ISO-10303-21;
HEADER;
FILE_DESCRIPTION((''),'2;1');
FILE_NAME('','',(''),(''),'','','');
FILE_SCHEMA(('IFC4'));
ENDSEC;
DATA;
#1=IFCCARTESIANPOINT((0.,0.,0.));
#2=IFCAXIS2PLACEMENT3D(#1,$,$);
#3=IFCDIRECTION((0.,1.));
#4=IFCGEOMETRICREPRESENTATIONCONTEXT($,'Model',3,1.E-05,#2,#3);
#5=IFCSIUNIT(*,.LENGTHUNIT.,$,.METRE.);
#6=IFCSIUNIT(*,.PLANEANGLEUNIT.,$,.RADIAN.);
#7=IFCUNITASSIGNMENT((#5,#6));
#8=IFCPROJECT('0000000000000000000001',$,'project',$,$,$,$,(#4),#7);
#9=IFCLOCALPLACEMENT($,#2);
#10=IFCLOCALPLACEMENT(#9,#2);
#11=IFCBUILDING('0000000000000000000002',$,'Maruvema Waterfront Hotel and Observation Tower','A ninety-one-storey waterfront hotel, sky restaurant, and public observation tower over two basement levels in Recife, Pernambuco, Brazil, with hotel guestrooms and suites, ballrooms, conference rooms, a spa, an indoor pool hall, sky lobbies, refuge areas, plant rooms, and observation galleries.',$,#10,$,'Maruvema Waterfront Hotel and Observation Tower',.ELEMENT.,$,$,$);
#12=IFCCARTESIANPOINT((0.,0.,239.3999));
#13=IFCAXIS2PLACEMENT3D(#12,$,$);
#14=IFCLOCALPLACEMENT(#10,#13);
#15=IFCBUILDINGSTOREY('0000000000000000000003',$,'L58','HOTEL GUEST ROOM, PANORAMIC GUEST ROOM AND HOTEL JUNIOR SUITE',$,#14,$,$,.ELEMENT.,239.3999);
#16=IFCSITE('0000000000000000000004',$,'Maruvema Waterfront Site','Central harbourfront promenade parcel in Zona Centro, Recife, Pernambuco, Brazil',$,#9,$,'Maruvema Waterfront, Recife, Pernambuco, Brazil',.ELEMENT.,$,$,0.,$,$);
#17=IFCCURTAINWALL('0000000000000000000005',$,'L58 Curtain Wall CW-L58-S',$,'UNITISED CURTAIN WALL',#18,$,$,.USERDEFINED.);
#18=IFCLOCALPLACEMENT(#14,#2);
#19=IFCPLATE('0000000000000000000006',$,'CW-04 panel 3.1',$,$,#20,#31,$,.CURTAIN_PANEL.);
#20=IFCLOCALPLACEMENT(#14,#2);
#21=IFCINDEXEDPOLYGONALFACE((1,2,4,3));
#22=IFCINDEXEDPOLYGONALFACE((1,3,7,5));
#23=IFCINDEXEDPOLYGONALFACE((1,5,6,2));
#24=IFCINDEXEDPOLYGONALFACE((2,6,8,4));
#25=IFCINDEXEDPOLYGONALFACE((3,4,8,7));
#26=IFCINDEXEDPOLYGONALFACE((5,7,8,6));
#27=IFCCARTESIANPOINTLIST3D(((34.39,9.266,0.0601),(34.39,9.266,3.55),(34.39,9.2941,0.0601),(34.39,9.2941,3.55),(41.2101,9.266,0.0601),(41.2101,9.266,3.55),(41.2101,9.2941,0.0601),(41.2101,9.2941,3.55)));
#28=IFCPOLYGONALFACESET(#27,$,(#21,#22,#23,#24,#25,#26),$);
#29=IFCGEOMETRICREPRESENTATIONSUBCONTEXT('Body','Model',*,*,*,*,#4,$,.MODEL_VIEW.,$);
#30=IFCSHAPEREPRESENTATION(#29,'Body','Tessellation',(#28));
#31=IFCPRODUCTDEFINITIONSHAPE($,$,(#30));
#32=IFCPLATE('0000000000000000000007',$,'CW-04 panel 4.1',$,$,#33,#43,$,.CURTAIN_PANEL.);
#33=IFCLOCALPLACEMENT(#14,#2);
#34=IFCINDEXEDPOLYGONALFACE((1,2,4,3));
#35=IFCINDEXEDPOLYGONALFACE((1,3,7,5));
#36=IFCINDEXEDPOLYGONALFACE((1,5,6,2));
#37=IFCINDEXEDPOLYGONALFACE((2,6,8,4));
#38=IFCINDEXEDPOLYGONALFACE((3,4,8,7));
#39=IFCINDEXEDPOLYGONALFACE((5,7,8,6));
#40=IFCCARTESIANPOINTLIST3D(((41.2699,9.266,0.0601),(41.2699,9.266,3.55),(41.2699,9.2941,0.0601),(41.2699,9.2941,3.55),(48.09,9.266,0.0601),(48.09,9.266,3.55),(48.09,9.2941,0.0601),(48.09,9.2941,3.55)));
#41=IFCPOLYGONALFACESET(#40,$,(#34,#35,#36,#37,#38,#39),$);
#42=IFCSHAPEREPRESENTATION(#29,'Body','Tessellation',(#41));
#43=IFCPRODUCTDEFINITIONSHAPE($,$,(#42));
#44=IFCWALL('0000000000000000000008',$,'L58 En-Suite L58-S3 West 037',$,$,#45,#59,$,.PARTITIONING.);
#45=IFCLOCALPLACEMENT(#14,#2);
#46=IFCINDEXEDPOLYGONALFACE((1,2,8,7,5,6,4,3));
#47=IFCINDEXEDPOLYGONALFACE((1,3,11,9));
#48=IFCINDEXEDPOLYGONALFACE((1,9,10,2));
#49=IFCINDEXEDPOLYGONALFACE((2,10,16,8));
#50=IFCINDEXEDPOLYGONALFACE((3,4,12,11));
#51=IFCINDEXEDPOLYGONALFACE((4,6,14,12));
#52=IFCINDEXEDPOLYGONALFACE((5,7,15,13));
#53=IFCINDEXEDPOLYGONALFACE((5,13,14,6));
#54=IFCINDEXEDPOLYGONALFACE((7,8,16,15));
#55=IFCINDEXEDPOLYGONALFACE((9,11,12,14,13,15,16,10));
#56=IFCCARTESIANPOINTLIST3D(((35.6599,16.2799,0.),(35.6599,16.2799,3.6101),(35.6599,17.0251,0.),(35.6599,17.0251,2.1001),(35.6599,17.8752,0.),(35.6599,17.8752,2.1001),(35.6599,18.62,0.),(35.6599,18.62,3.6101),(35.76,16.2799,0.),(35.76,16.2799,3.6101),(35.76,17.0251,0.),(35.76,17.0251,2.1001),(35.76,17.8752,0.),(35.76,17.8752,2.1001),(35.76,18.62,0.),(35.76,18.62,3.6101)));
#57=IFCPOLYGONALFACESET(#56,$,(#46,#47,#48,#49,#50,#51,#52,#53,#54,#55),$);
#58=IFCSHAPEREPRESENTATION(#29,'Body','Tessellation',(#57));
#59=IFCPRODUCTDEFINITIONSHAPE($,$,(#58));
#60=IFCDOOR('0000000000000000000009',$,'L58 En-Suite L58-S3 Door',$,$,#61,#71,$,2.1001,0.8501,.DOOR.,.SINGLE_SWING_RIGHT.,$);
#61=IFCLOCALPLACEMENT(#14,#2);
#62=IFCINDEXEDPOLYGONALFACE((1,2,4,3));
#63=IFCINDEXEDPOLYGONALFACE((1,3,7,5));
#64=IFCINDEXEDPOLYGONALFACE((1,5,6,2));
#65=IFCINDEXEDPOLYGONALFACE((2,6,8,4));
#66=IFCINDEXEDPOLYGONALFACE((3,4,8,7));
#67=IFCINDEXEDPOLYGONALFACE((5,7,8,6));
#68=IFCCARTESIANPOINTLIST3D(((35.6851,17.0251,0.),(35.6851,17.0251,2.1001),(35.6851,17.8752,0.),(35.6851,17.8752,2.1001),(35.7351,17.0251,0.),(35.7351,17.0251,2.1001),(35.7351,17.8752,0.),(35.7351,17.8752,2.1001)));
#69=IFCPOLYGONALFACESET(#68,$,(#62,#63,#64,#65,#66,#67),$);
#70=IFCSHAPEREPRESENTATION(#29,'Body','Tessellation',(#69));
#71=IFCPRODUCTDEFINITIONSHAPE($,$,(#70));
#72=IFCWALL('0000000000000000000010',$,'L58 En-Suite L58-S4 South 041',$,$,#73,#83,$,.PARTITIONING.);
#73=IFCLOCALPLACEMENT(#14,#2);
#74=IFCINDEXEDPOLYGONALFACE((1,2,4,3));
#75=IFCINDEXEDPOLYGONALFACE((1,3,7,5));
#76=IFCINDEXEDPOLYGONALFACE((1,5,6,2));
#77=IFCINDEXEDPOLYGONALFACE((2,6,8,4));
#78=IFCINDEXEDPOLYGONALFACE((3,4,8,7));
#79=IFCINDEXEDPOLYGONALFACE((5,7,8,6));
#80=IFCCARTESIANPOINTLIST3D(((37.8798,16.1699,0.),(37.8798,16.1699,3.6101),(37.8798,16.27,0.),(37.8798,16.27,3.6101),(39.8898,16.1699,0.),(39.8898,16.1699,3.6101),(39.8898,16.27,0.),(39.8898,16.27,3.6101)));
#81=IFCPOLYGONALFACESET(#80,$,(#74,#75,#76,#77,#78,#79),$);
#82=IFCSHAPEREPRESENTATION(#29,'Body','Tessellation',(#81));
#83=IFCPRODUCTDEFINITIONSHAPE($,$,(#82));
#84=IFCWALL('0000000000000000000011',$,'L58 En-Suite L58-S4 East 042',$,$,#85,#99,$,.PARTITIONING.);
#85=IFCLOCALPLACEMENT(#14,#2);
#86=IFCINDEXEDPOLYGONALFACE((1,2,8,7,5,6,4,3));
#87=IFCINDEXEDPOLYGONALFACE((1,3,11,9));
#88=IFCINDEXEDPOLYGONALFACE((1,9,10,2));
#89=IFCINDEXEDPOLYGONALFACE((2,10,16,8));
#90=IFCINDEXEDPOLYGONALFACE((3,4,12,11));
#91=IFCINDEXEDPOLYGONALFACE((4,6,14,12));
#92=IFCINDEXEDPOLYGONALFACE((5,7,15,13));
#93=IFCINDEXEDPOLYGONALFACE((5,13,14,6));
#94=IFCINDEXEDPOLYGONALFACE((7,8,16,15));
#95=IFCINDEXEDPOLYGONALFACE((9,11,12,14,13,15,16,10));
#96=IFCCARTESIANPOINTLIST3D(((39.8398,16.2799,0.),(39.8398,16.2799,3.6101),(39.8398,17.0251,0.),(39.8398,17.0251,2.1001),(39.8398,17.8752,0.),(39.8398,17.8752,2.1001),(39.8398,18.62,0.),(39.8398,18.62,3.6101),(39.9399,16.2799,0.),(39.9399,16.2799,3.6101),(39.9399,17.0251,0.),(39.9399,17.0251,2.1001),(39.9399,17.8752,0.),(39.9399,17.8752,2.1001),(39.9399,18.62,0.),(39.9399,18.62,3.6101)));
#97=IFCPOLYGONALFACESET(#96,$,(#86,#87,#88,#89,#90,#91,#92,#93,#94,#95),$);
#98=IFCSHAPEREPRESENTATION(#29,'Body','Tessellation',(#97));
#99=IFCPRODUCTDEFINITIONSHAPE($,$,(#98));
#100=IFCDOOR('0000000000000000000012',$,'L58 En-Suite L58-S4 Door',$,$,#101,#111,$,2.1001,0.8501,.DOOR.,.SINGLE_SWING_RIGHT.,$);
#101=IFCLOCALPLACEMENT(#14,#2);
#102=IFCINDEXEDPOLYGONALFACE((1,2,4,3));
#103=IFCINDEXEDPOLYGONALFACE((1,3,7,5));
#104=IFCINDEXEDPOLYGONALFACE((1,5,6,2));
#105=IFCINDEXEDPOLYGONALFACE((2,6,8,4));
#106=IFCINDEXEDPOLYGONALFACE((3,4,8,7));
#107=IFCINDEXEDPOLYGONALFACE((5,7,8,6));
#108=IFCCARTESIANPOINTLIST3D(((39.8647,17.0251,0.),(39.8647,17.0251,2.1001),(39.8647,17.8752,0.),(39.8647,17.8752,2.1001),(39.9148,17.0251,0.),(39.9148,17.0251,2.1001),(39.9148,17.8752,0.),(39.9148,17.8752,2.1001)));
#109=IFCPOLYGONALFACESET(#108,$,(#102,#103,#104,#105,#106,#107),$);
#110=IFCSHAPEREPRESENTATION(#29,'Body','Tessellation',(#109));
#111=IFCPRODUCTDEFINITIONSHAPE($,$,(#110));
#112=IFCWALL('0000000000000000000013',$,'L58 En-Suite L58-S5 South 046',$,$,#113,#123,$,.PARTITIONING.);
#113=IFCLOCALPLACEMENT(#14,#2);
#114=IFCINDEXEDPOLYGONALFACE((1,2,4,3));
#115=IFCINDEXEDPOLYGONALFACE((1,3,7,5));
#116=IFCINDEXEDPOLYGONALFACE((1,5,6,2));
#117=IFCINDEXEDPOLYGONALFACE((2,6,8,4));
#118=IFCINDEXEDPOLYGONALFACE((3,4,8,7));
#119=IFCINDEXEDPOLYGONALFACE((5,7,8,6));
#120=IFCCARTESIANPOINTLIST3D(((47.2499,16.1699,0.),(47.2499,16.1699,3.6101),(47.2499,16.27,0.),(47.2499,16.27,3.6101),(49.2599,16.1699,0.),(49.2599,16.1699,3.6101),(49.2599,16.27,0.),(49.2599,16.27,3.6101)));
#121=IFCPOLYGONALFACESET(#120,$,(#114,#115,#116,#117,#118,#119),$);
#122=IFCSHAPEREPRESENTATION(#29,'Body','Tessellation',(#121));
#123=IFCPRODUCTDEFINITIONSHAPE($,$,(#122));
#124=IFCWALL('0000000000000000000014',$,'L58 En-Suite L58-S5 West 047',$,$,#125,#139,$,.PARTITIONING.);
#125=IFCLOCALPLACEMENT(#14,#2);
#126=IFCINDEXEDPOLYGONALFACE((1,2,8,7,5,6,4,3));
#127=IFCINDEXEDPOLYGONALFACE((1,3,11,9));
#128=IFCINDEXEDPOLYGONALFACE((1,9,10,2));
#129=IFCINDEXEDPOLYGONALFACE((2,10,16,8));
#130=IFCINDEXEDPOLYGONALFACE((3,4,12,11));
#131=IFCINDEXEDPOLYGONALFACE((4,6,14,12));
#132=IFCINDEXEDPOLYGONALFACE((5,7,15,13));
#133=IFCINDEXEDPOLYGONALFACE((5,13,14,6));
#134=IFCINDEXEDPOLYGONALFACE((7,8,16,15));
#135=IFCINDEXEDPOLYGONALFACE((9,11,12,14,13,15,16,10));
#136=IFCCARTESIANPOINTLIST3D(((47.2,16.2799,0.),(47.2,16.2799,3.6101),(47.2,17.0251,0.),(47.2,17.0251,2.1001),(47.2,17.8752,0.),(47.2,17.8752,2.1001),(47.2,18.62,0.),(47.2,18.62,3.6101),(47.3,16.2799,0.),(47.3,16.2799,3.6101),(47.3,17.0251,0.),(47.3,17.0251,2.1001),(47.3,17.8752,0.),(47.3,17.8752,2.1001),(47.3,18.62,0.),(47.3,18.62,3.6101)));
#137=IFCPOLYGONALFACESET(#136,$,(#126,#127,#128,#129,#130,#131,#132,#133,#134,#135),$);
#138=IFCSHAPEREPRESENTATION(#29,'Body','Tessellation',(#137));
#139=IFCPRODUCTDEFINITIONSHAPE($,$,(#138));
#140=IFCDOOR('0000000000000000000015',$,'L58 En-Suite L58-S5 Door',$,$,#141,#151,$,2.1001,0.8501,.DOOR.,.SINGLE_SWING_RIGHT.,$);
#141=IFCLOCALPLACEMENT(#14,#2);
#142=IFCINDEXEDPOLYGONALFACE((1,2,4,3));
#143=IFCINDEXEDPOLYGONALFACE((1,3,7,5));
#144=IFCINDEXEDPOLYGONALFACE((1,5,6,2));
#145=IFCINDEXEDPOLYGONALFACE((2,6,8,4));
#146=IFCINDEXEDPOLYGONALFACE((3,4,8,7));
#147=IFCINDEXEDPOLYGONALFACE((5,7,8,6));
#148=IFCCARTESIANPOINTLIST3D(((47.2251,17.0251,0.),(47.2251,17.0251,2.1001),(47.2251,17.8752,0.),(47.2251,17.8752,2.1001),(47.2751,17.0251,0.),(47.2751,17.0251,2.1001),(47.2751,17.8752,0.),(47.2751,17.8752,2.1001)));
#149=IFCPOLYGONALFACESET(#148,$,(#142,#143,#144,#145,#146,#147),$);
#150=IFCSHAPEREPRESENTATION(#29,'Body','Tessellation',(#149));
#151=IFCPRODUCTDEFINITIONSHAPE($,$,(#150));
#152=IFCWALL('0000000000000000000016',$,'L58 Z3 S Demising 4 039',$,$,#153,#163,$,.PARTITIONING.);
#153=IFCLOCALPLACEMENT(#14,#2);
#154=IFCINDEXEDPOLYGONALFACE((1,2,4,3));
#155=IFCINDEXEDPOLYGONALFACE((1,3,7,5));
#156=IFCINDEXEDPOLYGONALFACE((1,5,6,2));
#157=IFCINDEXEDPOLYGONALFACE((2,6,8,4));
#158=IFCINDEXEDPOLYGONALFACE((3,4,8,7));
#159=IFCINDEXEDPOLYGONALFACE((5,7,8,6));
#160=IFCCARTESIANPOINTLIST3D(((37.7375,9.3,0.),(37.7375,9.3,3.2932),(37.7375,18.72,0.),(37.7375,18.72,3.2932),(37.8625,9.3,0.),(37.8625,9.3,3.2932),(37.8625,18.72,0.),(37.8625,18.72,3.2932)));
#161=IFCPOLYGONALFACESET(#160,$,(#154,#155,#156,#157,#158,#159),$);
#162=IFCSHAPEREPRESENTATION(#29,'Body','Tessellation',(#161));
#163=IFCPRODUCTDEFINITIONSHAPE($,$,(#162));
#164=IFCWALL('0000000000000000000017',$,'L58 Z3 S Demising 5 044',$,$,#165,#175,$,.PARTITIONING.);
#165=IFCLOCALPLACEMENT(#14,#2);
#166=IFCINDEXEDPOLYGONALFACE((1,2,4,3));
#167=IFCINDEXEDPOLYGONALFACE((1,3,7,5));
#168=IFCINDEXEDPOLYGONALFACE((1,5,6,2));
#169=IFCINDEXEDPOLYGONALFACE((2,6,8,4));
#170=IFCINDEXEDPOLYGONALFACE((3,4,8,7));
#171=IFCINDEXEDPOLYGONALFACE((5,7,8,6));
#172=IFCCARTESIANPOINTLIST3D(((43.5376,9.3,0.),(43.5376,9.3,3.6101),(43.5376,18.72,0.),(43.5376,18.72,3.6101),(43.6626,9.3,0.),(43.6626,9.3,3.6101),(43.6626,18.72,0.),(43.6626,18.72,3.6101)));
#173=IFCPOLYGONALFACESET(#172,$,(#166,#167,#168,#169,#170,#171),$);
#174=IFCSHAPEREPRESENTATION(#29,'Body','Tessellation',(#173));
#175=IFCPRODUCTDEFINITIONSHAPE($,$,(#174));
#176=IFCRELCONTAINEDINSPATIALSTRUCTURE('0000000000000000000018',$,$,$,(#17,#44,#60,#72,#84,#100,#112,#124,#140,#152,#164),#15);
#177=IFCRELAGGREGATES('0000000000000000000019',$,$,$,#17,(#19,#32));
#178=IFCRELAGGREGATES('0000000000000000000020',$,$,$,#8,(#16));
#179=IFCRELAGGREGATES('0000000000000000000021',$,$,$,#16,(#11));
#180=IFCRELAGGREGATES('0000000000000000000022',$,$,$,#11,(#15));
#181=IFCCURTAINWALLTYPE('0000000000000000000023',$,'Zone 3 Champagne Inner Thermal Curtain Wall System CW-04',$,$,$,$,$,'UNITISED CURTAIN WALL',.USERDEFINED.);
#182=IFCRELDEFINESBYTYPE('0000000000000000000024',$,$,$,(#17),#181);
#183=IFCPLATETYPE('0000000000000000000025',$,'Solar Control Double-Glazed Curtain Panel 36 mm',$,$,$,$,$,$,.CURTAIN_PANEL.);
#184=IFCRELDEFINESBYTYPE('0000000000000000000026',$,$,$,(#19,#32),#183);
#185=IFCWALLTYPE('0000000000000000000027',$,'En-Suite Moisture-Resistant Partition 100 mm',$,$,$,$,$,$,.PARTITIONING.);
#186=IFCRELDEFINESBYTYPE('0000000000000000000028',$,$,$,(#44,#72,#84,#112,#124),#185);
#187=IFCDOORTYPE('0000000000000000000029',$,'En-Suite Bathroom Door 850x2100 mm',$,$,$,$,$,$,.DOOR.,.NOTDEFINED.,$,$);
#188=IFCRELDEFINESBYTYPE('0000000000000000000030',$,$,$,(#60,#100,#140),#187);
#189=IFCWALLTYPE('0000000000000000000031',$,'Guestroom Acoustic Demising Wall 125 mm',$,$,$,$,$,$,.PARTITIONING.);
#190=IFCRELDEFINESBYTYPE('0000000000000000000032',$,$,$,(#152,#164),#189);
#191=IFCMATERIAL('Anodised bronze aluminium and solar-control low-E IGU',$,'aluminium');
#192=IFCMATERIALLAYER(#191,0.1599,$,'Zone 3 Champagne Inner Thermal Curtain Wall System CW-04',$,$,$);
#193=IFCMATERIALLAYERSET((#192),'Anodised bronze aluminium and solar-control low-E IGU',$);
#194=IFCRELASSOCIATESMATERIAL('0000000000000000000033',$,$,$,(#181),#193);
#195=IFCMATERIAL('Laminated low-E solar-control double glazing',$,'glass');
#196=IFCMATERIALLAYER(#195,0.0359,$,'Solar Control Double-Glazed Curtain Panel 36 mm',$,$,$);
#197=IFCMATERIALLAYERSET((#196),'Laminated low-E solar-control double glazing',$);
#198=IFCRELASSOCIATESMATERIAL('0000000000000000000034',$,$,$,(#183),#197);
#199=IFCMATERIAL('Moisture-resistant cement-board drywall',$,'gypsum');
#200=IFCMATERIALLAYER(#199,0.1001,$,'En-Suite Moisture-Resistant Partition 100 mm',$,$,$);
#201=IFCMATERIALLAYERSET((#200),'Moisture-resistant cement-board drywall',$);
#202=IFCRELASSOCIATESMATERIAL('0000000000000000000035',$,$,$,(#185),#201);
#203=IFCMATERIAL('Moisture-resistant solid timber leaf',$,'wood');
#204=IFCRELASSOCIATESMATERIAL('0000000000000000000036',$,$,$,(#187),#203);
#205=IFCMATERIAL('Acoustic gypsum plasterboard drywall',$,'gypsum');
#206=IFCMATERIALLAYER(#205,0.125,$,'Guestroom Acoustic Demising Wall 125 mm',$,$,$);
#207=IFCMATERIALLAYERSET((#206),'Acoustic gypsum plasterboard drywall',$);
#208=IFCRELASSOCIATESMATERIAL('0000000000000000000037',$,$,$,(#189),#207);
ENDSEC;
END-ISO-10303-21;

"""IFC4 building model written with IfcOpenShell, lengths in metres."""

from ifc_helpers import new_model, si_unit, direction, frame, frame_2d, origin, origin_2d, place, context, subcontext, project, spatial, rectangle, extrude, material, layer, layer_set, type_object, element, fill, aggregate, save


model = new_model("IFC4")

# Units and contexts
model_context = context("Model", 3, precision=1e-05, world=origin(), true_north=direction((0.0, 1.0)))
body_context = subcontext(model_context, "Body", "Model", "MODEL_VIEW")
ifc_project = project(units=[si_unit("LENGTHUNIT", "METRE"), si_unit("PLANEANGLEUNIT", "RADIAN")], contexts=[model_context])

# Site, building, storey
site_placement = place(None, origin())
site = spatial("IfcSite", under=ifc_project, at=site_placement, Name="Maruvema Waterfront Site", Description="Central harbourfront promenade parcel in Zona Centro, Recife, Pernambuco, Brazil", LongName="Maruvema Waterfront, Recife, Pernambuco, Brazil", CompositionType="ELEMENT", RefElevation=0.0)
building_placement = place(site_placement, origin())
building = spatial("IfcBuilding", under=site, at=building_placement, Name="Maruvema Waterfront Hotel and Observation Tower", Description="A ninety-one-storey waterfront hotel, sky restaurant, and public observation tower over two basement levels in Recife, Pernambuco, Brazil, with hotel guestrooms and suites, ballrooms, conference rooms, a spa, an indoor pool hall, sky lobbies, refuge areas, plant rooms, and observation galleries.", LongName="Maruvema Waterfront Hotel and Observation Tower", CompositionType="ELEMENT")
storey_placement = place(building_placement, frame((0.0, 0.0, 239.3999)))
storey = spatial("IfcBuildingStorey", under=building, at=storey_placement, Name="L58", Description="HOTEL GUEST ROOM, PANORAMIC GUEST ROOM AND HOTEL JUNIOR SUITE", CompositionType="ELEMENT", Elevation=239.3999)

# Curtain wall
ifc_material_1 = material(Name="Anodised bronze aluminium and solar-control low-E IGU", Category="aluminium")
ifc_layer_1 = layer(ifc_material_1, 0.1599, Name="Zone 3 Champagne Inner Thermal Curtain Wall System CW-04")
ifc_layer_set_1 = layer_set([ifc_layer_1], Name="Anodised bronze aluminium and solar-control low-E IGU")
curtain_wall_type = type_object("IfcCurtainWallType", Name="Zone 3 Champagne Inner Thermal Curtain Wall System CW-04", ElementType="UNITISED CURTAIN WALL", PredefinedType="USERDEFINED", material=ifc_layer_set_1)
curtain_wall_placement = place(storey_placement, origin())
curtain_wall = element("IfcCurtainWall", 1, at=curtain_wall_placement, inside=storey, type_object=curtain_wall_type, Name="L58 Curtain Wall CW-L58-S", ObjectType="UNITISED CURTAIN WALL", PredefinedType="USERDEFINED")

# Plates
ifc_material_2 = material(Name="Laminated low-E solar-control double glazing", Category="glass")
ifc_layer_2 = layer(ifc_material_2, 0.0359, Name="Solar Control Double-Glazed Curtain Panel 36 mm")
ifc_layer_set_2 = layer_set([ifc_layer_2], Name="Laminated low-E solar-control double glazing")
plate_type = type_object("IfcPlateType", Name="Solar Control Double-Glazed Curtain Panel 36 mm", PredefinedType="CURTAIN_PANEL", material=ifc_layer_set_2)
plate_1_placement = place(storey_placement, frame((37.8, 9.28, 0.0601), z_axis=(0.0, 0.0, 1.0), x_axis=(1.0, 0.0, 0.0)))
plate_1 = element("IfcPlate", 2, at=plate_1_placement, type_object=plate_type, Name="CW-04 panel 3.1", PredefinedType="CURTAIN_PANEL", context=body_context, shape_type="SweptSolid", body=[
    extrude(rectangle(XDim=6.8201, YDim=0.0281, at=origin_2d()), origin(), (0.0, 0.0, 1.0), 3.49),
])
plate_2_placement = place(storey_placement, frame((44.6799, 9.28, 0.0601), z_axis=(0.0, 0.0, 1.0), x_axis=(1.0, 0.0, 0.0)))
plate_2 = element("IfcPlate", 3, at=plate_2_placement, type_object=plate_type, Name="CW-04 panel 4.1", PredefinedType="CURTAIN_PANEL", context=body_context, shape_type="SweptSolid", body=[
    extrude(rectangle(XDim=6.8201, YDim=0.0281, at=origin_2d()), origin(), (0.0, 0.0, 1.0), 3.49),
])
aggregate(curtain_wall, [plate_1, plate_2])

# Wall, opening, door
ifc_material_3 = material(Name="Moisture-resistant cement-board drywall", Category="gypsum")
ifc_layer_3 = layer(ifc_material_3, 0.1001, Name="En-Suite Moisture-Resistant Partition 100 mm")
ifc_layer_set_3 = layer_set([ifc_layer_3], Name="Moisture-resistant cement-board drywall")
wall_type_1 = type_object("IfcWallType", Name="En-Suite Moisture-Resistant Partition 100 mm", PredefinedType="PARTITIONING", material=ifc_layer_set_3)
wall_1_placement = place(storey_placement, frame((35.71, 16.28, 0.0), z_axis=(0.0, 0.0, 1.0), x_axis=(0.0, 1.0, 0.0)))
wall_1 = element("IfcWall", 4, at=wall_1_placement, inside=storey, type_object=wall_type_1, Name="L58 En-Suite L58-S3 West 037", PredefinedType="PARTITIONING", context=body_context, shape_type="SweptSolid", body=[
    extrude(rectangle(XDim=2.3401, YDim=0.1001, at=frame_2d((1.1699, 0.0))), origin(), (0.0, 0.0, 1.0), 3.6101),
])
opening_1_placement = place(wall_1_placement, frame((0.7451, 0.0, 0.0)))
opening_1 = element("IfcOpeningElement", 5, at=opening_1_placement, cuts=wall_1, PredefinedType="OPENING", context=body_context, shape_type="SweptSolid", body=[
    extrude(rectangle(XDim=0.8501, YDim=2.1001, at=frame_2d((0.425, 1.05))), frame((0.0, 0.0601, 0.0), z_axis=(0.0, -1.0, 0.0), x_axis=(1.0, 0.0, 0.0)), (0.0, 0.0, 1.0), 0.1201),
])
ifc_material_4 = material(Name="Moisture-resistant solid timber leaf", Category="wood")
door_type = type_object("IfcDoorType", Name="En-Suite Bathroom Door 850x2100 mm", OperationType="NOTDEFINED", PredefinedType="DOOR", material=ifc_material_4)
door_1_placement = place(opening_1_placement, origin())
door_1 = element("IfcDoor", 6, at=door_1_placement, inside=storey, type_object=door_type, Name="L58 En-Suite L58-S3 Door", OperationType="SINGLE_SWING_RIGHT", OverallHeight=2.1001, OverallWidth=0.8501, PredefinedType="DOOR", context=body_context, shape_type="SweptSolid", body=[
    extrude(rectangle(XDim=0.8501, YDim=2.1001, at=frame_2d((0.425, 1.05))), frame((0.0, 0.0249, 0.0), z_axis=(0.0, -1.0, 0.0), x_axis=(1.0, 0.0, 0.0)), (0.0, 0.0, 1.0), 0.05),
])
fill(opening_1, door_1)

# Wall
wall_2_placement = place(storey_placement, frame((37.8799, 16.22, 0.0), z_axis=(0.0, 0.0, 1.0), x_axis=(1.0, 0.0, 0.0)))
element("IfcWall", 7, at=wall_2_placement, inside=storey, type_object=wall_type_1, Name="L58 En-Suite L58-S4 South 041", PredefinedType="PARTITIONING", context=body_context, shape_type="SweptSolid", body=[
    extrude(rectangle(XDim=2.01, YDim=0.1001, at=frame_2d((1.0049, 0.0))), origin(), (0.0, 0.0, 1.0), 3.6101),
])

# Wall, opening, door
wall_3_placement = place(storey_placement, frame((39.8899, 16.28, 0.0), z_axis=(0.0, 0.0, 1.0), x_axis=(0.0, 1.0, 0.0)))
wall_3 = element("IfcWall", 8, at=wall_3_placement, inside=storey, type_object=wall_type_1, Name="L58 En-Suite L58-S4 East 042", PredefinedType="PARTITIONING", context=body_context, shape_type="SweptSolid", body=[
    extrude(rectangle(XDim=2.3401, YDim=0.1001, at=frame_2d((1.1699, 0.0))), origin(), (0.0, 0.0, 1.0), 3.6101),
])
opening_2_placement = place(wall_3_placement, frame((0.7451, 0.0, 0.0)))
opening_2 = element("IfcOpeningElement", 9, at=opening_2_placement, cuts=wall_3, PredefinedType="OPENING", context=body_context, shape_type="SweptSolid", body=[
    extrude(rectangle(XDim=0.8501, YDim=2.1001, at=frame_2d((0.425, 1.05))), frame((0.0, 0.0601, 0.0), z_axis=(0.0, -1.0, 0.0), x_axis=(1.0, 0.0, 0.0)), (0.0, 0.0, 1.0), 0.1201),
])
door_2_placement = place(opening_2_placement, frame((0.8501, 0.0, 0.0), z_axis=(0.0, 0.0, 1.0), x_axis=(-1.0, 0.0, 0.0)))
door_2 = element("IfcDoor", 10, at=door_2_placement, inside=storey, type_object=door_type, Name="L58 En-Suite L58-S4 Door", OperationType="SINGLE_SWING_RIGHT", OverallHeight=2.1001, OverallWidth=0.8501, PredefinedType="DOOR", context=body_context, shape_type="SweptSolid", body=[
    extrude(rectangle(XDim=0.8501, YDim=2.1001, at=frame_2d((0.425, 1.05))), frame((0.0, 0.0249, 0.0), z_axis=(0.0, -1.0, 0.0), x_axis=(1.0, 0.0, 0.0)), (0.0, 0.0, 1.0), 0.05),
])
fill(opening_2, door_2)

# Wall
wall_4_placement = place(storey_placement, frame((47.25, 16.22, 0.0), z_axis=(0.0, 0.0, 1.0), x_axis=(1.0, 0.0, 0.0)))
element("IfcWall", 11, at=wall_4_placement, inside=storey, type_object=wall_type_1, Name="L58 En-Suite L58-S5 South 046", PredefinedType="PARTITIONING", context=body_context, shape_type="SweptSolid", body=[
    extrude(rectangle(XDim=2.01, YDim=0.1001, at=frame_2d((1.0049, 0.0))), origin(), (0.0, 0.0, 1.0), 3.6101),
])

# Wall, opening, door
wall_5_placement = place(storey_placement, frame((47.25, 16.28, 0.0), z_axis=(0.0, 0.0, 1.0), x_axis=(0.0, 1.0, 0.0)))
wall_5 = element("IfcWall", 12, at=wall_5_placement, inside=storey, type_object=wall_type_1, Name="L58 En-Suite L58-S5 West 047", PredefinedType="PARTITIONING", context=body_context, shape_type="SweptSolid", body=[
    extrude(rectangle(XDim=2.3401, YDim=0.1001, at=frame_2d((1.1699, 0.0))), origin(), (0.0, 0.0, 1.0), 3.6101),
])
opening_3_placement = place(wall_5_placement, frame((0.7451, 0.0, 0.0)))
opening_3 = element("IfcOpeningElement", 13, at=opening_3_placement, cuts=wall_5, PredefinedType="OPENING", context=body_context, shape_type="SweptSolid", body=[
    extrude(rectangle(XDim=0.8501, YDim=2.1001, at=frame_2d((0.425, 1.05))), frame((0.0, 0.0601, 0.0), z_axis=(0.0, -1.0, 0.0), x_axis=(1.0, 0.0, 0.0)), (0.0, 0.0, 1.0), 0.1201),
])
door_3_placement = place(opening_3_placement, origin())
door_3 = element("IfcDoor", 14, at=door_3_placement, inside=storey, type_object=door_type, Name="L58 En-Suite L58-S5 Door", OperationType="SINGLE_SWING_RIGHT", OverallHeight=2.1001, OverallWidth=0.8501, PredefinedType="DOOR", context=body_context, shape_type="SweptSolid", body=[
    extrude(rectangle(XDim=0.8501, YDim=2.1001, at=frame_2d((0.425, 1.05))), frame((0.0, 0.0249, 0.0), z_axis=(0.0, -1.0, 0.0), x_axis=(1.0, 0.0, 0.0)), (0.0, 0.0, 1.0), 0.05),
])
fill(opening_3, door_3)

# Walls
ifc_material_5 = material(Name="Acoustic gypsum plasterboard drywall", Category="gypsum")
ifc_layer_4 = layer(ifc_material_5, 0.125, Name="Guestroom Acoustic Demising Wall 125 mm")
ifc_layer_set_4 = layer_set([ifc_layer_4], Name="Acoustic gypsum plasterboard drywall")
wall_type_2 = type_object("IfcWallType", Name="Guestroom Acoustic Demising Wall 125 mm", PredefinedType="PARTITIONING", material=ifc_layer_set_4)
wall_6_placement = place(storey_placement, frame((37.8, 9.3, 0.0), z_axis=(0.0, 0.0, 1.0), x_axis=(0.0, 1.0, 0.0)))
element("IfcWall", 15, at=wall_6_placement, inside=storey, type_object=wall_type_2, Name="L58 Z3 S Demising 4 039", PredefinedType="PARTITIONING", context=body_context, shape_type="SweptSolid", body=[
    extrude(rectangle(XDim=9.4199, YDim=0.125, at=frame_2d((4.71, 0.0))), origin(), (0.0, 0.0, 1.0), 3.2932),
])
wall_7_placement = place(storey_placement, frame((43.6001, 9.3, 0.0), z_axis=(0.0, 0.0, 1.0), x_axis=(0.0, 1.0, 0.0)))
element("IfcWall", 16, at=wall_7_placement, inside=storey, type_object=wall_type_2, Name="L58 Z3 S Demising 5 044", PredefinedType="PARTITIONING", context=body_context, shape_type="SweptSolid", body=[
    extrude(rectangle(XDim=9.4199, YDim=0.125, at=frame_2d((4.71, 0.0))), origin(), (0.0, 0.0, 1.0), 3.6101),
])

save(model, "model.ifc")
